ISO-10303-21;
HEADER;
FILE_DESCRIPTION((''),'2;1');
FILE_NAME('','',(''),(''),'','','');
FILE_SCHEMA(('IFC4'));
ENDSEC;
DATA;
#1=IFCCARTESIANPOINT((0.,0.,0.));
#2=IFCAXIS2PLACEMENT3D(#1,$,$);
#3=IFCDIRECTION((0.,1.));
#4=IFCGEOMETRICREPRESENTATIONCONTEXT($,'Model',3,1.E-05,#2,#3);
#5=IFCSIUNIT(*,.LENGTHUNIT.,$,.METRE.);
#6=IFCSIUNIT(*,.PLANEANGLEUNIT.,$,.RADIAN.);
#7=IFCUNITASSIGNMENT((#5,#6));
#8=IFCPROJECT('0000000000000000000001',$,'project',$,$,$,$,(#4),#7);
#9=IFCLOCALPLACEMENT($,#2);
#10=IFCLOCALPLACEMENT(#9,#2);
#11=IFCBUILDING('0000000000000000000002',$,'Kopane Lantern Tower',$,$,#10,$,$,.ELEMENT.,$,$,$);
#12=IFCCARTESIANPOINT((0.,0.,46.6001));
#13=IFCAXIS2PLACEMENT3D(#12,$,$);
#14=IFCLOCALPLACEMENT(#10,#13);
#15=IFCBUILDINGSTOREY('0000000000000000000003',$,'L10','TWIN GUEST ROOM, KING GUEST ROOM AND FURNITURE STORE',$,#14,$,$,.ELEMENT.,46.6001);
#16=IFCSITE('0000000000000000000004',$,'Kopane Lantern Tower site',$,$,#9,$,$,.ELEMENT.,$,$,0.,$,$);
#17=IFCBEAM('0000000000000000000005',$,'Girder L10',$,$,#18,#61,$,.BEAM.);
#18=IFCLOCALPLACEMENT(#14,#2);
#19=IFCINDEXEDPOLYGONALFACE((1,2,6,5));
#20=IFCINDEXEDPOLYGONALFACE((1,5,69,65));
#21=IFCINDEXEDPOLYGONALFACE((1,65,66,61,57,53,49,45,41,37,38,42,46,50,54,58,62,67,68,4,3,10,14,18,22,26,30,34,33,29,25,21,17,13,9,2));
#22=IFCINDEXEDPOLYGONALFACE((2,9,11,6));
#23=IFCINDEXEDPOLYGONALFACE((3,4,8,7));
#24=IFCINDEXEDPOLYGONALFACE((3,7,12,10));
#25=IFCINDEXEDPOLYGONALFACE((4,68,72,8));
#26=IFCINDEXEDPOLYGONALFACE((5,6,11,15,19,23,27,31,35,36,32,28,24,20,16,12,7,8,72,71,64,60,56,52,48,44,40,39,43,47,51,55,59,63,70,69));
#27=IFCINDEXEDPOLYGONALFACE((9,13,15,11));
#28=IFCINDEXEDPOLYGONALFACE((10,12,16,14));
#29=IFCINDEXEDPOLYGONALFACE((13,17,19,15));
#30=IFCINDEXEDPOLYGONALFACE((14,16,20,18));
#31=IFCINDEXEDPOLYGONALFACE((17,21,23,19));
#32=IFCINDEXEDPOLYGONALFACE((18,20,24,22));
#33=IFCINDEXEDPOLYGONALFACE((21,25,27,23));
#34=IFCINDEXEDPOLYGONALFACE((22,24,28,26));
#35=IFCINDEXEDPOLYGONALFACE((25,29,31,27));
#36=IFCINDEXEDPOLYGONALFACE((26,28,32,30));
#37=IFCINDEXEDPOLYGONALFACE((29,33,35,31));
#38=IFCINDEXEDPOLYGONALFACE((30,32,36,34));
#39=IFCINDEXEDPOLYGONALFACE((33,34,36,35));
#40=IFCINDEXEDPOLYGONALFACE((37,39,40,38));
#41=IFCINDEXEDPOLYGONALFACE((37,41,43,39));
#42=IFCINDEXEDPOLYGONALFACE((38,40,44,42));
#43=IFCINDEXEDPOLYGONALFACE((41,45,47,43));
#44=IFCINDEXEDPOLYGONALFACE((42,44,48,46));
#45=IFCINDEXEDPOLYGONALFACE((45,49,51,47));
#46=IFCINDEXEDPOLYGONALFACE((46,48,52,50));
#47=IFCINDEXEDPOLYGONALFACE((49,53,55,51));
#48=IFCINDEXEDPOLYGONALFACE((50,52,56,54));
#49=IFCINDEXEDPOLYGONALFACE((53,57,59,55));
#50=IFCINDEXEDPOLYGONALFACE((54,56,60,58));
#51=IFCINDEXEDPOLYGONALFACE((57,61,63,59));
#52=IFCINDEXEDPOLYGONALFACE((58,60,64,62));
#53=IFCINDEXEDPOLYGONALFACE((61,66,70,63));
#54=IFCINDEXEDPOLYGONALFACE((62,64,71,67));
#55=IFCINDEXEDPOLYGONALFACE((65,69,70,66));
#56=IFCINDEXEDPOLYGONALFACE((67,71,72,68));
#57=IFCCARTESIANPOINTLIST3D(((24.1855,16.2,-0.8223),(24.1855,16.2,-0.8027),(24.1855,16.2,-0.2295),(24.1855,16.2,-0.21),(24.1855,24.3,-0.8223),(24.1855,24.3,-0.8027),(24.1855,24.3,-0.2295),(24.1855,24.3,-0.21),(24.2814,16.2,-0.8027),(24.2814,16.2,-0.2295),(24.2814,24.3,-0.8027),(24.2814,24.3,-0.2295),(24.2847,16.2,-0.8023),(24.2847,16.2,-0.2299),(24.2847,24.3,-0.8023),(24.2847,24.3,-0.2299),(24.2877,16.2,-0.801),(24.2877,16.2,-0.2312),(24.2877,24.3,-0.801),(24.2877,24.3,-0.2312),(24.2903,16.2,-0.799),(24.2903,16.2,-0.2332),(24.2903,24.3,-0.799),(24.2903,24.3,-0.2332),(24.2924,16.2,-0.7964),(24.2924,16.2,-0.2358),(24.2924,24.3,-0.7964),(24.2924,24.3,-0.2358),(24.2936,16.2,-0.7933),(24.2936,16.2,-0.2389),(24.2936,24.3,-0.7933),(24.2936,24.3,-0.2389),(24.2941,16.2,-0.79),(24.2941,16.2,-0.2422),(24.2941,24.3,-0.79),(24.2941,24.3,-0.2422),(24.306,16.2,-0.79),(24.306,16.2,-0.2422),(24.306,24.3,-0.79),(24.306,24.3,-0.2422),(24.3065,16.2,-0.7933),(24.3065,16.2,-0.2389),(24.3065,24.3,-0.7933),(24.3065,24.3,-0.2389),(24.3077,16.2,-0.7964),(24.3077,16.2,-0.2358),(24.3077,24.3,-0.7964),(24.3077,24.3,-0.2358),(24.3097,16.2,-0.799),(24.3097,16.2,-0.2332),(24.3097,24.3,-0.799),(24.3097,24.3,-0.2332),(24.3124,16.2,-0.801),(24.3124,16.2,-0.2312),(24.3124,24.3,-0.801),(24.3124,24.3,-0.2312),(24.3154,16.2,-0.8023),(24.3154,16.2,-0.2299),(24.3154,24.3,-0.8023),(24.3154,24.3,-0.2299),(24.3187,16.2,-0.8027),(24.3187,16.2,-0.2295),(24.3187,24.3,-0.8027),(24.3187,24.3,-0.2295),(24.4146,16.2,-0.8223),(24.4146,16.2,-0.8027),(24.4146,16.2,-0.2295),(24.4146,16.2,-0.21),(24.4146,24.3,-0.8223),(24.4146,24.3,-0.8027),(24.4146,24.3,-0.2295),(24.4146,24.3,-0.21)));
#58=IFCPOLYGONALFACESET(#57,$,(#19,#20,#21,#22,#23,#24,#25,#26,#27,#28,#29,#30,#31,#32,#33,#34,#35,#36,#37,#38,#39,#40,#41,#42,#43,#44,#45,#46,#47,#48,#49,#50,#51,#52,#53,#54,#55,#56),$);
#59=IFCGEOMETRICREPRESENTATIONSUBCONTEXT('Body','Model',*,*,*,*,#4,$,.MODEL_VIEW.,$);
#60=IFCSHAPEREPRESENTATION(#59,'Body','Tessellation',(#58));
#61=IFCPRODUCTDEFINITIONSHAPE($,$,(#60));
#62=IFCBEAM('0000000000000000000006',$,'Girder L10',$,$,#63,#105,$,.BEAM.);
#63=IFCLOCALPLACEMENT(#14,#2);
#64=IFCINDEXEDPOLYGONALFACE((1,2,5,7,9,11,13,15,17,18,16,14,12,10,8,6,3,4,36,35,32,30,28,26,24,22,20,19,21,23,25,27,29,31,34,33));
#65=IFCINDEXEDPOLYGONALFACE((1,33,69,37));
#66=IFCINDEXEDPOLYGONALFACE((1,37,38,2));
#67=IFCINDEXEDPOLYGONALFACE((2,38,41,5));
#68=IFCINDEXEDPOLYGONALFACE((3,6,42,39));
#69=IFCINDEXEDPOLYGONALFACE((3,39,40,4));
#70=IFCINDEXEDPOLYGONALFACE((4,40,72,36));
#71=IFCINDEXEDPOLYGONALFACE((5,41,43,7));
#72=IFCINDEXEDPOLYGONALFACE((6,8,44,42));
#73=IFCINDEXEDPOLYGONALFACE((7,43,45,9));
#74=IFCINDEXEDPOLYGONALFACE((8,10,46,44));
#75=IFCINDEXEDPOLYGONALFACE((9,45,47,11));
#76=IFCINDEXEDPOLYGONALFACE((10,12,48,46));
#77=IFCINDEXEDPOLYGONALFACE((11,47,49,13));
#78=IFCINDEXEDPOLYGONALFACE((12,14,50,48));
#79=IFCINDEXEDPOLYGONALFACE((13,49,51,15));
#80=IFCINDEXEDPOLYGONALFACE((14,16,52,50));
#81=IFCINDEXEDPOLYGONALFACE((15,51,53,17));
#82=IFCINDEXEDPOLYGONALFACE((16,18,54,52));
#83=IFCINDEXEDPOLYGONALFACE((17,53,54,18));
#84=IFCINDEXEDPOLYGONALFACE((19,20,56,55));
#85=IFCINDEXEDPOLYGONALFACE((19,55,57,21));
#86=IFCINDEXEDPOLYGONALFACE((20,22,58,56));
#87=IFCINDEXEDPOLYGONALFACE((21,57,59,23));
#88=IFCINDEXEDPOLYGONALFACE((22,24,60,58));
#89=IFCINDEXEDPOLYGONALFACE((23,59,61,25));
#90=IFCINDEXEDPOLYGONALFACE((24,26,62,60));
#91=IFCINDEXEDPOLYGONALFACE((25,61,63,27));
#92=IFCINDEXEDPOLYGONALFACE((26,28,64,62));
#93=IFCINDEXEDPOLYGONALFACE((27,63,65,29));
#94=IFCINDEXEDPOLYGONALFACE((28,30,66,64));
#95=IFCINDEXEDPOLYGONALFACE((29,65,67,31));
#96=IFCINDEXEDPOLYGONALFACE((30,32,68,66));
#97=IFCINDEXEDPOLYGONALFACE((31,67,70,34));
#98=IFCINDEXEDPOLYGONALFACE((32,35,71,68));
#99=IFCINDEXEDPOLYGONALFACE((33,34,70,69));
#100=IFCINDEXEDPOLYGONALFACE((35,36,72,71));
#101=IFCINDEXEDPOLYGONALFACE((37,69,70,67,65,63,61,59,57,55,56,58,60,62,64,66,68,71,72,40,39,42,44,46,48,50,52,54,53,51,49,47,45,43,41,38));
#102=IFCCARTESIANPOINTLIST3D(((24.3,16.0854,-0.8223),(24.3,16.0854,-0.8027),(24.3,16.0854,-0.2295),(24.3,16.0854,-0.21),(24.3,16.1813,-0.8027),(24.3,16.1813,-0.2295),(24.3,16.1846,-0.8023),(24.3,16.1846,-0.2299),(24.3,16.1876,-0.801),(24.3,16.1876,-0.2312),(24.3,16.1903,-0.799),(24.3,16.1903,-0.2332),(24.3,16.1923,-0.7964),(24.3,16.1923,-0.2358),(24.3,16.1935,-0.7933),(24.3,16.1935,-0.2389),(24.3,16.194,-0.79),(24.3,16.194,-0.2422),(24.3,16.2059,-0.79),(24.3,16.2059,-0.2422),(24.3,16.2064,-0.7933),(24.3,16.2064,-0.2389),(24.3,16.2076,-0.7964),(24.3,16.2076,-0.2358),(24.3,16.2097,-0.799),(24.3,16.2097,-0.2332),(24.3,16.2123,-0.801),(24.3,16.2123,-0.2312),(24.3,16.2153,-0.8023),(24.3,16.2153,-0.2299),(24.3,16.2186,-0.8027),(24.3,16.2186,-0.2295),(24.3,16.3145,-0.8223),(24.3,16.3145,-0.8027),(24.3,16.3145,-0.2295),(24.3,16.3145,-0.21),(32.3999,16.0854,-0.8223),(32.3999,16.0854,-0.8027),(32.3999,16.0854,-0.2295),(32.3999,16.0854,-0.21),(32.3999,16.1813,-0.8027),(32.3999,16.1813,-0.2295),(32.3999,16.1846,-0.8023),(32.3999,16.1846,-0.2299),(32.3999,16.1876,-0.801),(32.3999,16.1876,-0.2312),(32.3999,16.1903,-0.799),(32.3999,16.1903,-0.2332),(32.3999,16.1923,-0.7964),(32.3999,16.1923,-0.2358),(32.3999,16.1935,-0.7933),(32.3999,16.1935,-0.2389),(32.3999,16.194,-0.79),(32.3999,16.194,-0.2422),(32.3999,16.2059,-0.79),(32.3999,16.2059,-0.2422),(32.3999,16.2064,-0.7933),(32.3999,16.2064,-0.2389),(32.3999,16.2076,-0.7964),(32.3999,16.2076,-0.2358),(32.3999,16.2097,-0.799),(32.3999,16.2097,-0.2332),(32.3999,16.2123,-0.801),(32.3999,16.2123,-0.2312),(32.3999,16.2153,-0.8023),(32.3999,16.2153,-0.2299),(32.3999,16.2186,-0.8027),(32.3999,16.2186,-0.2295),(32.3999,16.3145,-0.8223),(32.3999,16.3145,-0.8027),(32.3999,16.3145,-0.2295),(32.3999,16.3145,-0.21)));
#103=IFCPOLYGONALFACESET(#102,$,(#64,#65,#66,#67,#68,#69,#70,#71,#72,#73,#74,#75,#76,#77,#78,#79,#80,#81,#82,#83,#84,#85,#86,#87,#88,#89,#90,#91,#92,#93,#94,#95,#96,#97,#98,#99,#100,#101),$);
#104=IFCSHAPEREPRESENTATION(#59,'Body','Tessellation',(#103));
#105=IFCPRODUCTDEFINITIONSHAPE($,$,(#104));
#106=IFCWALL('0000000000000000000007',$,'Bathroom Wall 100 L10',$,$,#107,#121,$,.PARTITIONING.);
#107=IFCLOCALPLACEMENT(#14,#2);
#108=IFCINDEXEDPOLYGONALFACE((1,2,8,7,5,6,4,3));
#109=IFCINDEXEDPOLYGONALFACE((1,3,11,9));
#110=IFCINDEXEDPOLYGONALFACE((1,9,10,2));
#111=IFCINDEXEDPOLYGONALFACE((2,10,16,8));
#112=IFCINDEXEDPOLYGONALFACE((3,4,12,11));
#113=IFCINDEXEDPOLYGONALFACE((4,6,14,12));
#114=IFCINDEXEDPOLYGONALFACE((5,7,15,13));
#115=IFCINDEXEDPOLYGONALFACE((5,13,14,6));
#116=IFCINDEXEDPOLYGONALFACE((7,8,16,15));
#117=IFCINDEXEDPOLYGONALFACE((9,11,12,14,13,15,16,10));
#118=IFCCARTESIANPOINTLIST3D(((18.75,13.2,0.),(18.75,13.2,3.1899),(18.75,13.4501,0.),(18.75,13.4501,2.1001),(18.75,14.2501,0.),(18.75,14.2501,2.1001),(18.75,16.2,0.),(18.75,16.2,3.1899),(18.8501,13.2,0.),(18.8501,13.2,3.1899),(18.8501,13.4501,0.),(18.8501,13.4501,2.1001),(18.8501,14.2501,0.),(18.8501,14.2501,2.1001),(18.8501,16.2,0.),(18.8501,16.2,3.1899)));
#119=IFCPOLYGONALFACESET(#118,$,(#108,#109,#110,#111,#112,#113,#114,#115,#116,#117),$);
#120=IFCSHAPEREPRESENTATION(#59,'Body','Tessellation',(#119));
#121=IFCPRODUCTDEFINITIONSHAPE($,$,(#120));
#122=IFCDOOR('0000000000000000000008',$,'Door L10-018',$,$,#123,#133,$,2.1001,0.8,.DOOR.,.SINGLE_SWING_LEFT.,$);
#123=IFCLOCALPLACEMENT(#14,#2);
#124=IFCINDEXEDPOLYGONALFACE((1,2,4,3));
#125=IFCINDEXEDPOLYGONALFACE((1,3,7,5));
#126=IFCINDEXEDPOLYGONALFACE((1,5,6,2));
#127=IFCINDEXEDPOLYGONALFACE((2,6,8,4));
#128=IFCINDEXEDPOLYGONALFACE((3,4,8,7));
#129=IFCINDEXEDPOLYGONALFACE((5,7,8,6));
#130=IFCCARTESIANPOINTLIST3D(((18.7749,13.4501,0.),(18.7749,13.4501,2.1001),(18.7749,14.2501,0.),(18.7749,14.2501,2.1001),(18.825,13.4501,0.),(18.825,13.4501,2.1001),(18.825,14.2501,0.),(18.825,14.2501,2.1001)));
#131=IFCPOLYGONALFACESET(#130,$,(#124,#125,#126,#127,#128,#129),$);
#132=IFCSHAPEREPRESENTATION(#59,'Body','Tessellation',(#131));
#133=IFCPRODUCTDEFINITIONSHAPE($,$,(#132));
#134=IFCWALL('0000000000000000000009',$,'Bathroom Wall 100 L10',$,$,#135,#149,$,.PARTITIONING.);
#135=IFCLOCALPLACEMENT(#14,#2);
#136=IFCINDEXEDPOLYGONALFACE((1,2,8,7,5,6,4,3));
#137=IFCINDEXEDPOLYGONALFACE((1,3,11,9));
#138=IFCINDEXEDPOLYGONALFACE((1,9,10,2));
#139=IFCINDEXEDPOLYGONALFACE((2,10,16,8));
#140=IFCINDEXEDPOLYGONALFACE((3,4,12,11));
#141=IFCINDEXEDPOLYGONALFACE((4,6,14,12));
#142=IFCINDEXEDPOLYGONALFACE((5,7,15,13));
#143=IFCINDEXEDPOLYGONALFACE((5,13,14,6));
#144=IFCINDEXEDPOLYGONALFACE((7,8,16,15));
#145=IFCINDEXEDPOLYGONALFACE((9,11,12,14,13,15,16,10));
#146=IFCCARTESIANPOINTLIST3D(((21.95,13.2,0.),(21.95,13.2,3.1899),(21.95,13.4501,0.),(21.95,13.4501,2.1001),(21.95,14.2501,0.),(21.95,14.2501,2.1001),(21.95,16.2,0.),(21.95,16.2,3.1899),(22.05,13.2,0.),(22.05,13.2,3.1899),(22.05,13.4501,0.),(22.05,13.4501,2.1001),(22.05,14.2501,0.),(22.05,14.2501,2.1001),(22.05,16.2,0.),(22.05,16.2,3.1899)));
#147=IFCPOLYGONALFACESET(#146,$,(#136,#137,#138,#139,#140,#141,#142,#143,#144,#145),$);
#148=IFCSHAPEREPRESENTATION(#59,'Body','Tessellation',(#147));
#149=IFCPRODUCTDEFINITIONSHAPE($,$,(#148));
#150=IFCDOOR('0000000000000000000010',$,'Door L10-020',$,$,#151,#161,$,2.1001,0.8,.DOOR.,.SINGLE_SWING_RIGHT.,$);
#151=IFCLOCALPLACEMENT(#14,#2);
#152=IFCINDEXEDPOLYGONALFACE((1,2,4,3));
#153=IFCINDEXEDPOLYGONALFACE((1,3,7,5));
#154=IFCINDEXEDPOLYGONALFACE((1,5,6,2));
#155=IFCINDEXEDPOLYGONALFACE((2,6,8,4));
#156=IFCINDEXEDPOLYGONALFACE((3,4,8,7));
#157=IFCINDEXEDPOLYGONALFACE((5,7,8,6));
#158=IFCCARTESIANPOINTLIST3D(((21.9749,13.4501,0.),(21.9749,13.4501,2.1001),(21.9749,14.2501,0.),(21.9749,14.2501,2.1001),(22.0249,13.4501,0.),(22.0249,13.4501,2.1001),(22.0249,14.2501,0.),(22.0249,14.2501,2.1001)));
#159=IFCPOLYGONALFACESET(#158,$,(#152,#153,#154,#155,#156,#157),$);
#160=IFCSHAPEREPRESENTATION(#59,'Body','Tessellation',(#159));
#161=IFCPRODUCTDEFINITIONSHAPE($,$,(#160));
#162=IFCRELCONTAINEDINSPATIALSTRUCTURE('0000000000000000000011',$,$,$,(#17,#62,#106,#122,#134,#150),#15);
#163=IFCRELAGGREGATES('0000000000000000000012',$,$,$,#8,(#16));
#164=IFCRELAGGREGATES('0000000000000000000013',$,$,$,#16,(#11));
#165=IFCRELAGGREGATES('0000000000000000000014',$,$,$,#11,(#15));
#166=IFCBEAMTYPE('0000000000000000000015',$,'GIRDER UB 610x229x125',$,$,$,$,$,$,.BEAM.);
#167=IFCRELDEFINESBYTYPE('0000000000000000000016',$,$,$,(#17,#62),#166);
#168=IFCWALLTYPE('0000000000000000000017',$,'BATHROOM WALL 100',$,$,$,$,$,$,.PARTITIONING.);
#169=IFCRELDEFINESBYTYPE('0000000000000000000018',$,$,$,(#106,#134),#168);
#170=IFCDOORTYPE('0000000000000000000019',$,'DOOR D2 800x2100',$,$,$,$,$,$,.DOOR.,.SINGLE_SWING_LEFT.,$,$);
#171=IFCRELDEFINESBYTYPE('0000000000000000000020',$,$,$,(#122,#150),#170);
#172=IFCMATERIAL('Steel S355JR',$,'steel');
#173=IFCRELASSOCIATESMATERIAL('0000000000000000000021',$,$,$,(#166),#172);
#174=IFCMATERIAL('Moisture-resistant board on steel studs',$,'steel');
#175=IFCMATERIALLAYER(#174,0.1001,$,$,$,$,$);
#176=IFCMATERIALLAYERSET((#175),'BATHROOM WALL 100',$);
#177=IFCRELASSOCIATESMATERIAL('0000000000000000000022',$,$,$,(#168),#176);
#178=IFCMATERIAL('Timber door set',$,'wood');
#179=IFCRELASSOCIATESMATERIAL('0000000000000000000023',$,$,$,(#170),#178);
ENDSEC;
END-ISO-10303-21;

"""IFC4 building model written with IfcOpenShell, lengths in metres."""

from ifc_helpers import new_model, si_unit, direction, frame, frame_2d, origin, origin_2d, place, context, subcontext, project, spatial, rectangle, i_section, extrude, material, layer, layer_set, material_profile, profile_set, type_object, element, fill, save


model = new_model("IFC4")

# Units and contexts
model_context = context("Model", 3, precision=1e-05, world=origin(), true_north=direction((0.0, 1.0)))
body_context = subcontext(model_context, "Body", "Model", "MODEL_VIEW")
ifc_project = project(units=[si_unit("LENGTHUNIT", "METRE"), si_unit("PLANEANGLEUNIT", "RADIAN")], contexts=[model_context])

# Site, building, storey
site_placement = place(None, origin())
site = spatial("IfcSite", under=ifc_project, at=site_placement, Name="Kopane Lantern Tower site", CompositionType="ELEMENT", RefElevation=0.0)
building_placement = place(site_placement, origin())
building = spatial("IfcBuilding", under=site, at=building_placement, Name="Kopane Lantern Tower", CompositionType="ELEMENT")
storey_placement = place(building_placement, frame((0.0, 0.0, 46.6001)))
storey = spatial("IfcBuildingStorey", under=building, at=storey_placement, Name="L10", Description="TWIN GUEST ROOM, KING GUEST ROOM AND FURNITURE STORE", CompositionType="ELEMENT", Elevation=46.6001)

# Beams
ifc_material_1 = material(Name="Steel S355JR", Category="steel")
ifc_material_profile_1 = material_profile(ifc_material_1, i_section(OverallWidth=0.229, OverallDepth=0.6123, WebThickness=0.012, FlangeThickness=0.0195, FilletRadius=0.0127, at=origin_2d()), Name="UB 610x229x125")
ifc_profile_set_1 = profile_set([ifc_material_profile_1], Name="Steel S355JR")
beam_type_1 = type_object("IfcBeamType", Name="GIRDER UB 610x229x125", PredefinedType="BEAM", material=ifc_profile_set_1)
for number, where, z_axis, x_axis, name in (
    (1, (24.3, 16.2, -0.5161), (0.0, 1.0, 0.0), (-1.0, 0.0, 0.0), "Girder L10"),
):
    element("IfcBeam", number, at=place(storey_placement, frame(where, z_axis=z_axis, x_axis=x_axis)), inside=storey, type_object=beam_type_1, Name=name, PredefinedType="BEAM", context=body_context, shape_type="SweptSolid", body=[
        extrude(i_section(OverallWidth=0.229, OverallDepth=0.6123, WebThickness=0.012, FlangeThickness=0.0195, FilletRadius=0.0127, at=origin_2d()), origin(), (0.0, 0.0, 1.0), 8.1001),
    ])
beam_1_placement = place(storey_placement, frame((24.3, 16.2, -0.5161), z_axis=(1.0, 0.0, 0.0), x_axis=(0.0, 1.0, 0.0)))
element("IfcBeam", 2, at=beam_1_placement, inside=storey, type_object=beam_type_1, Name="Girder L10", PredefinedType="BEAM", context=body_context, shape_type="SweptSolid", body=[
    extrude(i_section(OverallWidth=0.229, OverallDepth=0.6123, WebThickness=0.012, FlangeThickness=0.0195, FilletRadius=0.0127, at=origin_2d()), origin(), (0.0, 0.0, 1.0), 8.0999),
])

# Walls, openings, doors
ifc_material_2 = material(Name="Moisture-resistant board on steel studs", Category="steel")
ifc_layer_1 = layer(ifc_material_2, 0.1001)
ifc_layer_set_1 = layer_set([ifc_layer_1], Name="BATHROOM WALL 100")
wall_type_1 = type_object("IfcWallType", Name="BATHROOM WALL 100", PredefinedType="PARTITIONING", material=ifc_layer_set_1)
wall_1_placement = place(storey_placement, frame((18.8, 16.2, 0.0), z_axis=(0.0, 0.0, 1.0), x_axis=(0.0, -1.0, 0.0)))
wall_1 = element("IfcWall", 3, at=wall_1_placement, inside=storey, type_object=wall_type_1, Name="Bathroom Wall 100 L10", PredefinedType="PARTITIONING", context=body_context, shape_type="SweptSolid", body=[
    extrude(rectangle(XDim=3.0, YDim=0.1001, at=frame_2d((1.5, 0.0))), origin(), (0.0, 0.0, 1.0), 3.1899),
])
opening_1_placement = place(wall_1_placement, frame((1.95, 0.0, 0.0)))
opening_1 = element("IfcOpeningElement", 4, at=opening_1_placement, cuts=wall_1, PredefinedType="OPENING", context=body_context, shape_type="SweptSolid", body=[
    extrude(rectangle(XDim=0.8, YDim=2.1001, at=frame_2d((0.3999, 1.05))), frame((0.0, 0.0601, 0.0), z_axis=(0.0, -1.0, 0.0), x_axis=(1.0, 0.0, 0.0)), (0.0, 0.0, 1.0), 0.1201),
])
ifc_material_3 = material(Name="Timber door set", Category="wood")
door_type_1 = type_object("IfcDoorType", Name="DOOR D2 800x2100", OperationType="SINGLE_SWING_LEFT", PredefinedType="DOOR", material=ifc_material_3)
door_1_placement = place(opening_1_placement, origin())
door_1 = element("IfcDoor", 5, at=door_1_placement, inside=storey, type_object=door_type_1, Name="Door L10-018", OperationType="SINGLE_SWING_LEFT", OverallHeight=2.1001, OverallWidth=0.8, PredefinedType="DOOR", context=body_context, shape_type="SweptSolid", body=[
    extrude(rectangle(XDim=0.8, YDim=2.1001, at=frame_2d((0.3999, 1.05))), frame((0.0, 0.0249, 0.0), z_axis=(0.0, -1.0, 0.0), x_axis=(1.0, 0.0, 0.0)), (0.0, 0.0, 1.0), 0.05),
])
fill(opening_1, door_1)
wall_2_placement = place(storey_placement, frame((22.0, 16.2, 0.0), z_axis=(0.0, 0.0, 1.0), x_axis=(0.0, -1.0, 0.0)))
wall_2 = element("IfcWall", 6, at=wall_2_placement, inside=storey, type_object=wall_type_1, Name="Bathroom Wall 100 L10", PredefinedType="PARTITIONING", context=body_context, shape_type="SweptSolid", body=[
    extrude(rectangle(XDim=3.0, YDim=0.1001, at=frame_2d((1.5, 0.0))), origin(), (0.0, 0.0, 1.0), 3.1899),
])
opening_2_placement = place(wall_2_placement, frame((1.95, 0.0, 0.0)))
opening_2 = element("IfcOpeningElement", 7, at=opening_2_placement, cuts=wall_2, PredefinedType="OPENING", context=body_context, shape_type="SweptSolid", body=[
    extrude(rectangle(XDim=0.8, YDim=2.1001, at=frame_2d((0.3999, 1.05))), frame((0.0, 0.0601, 0.0), z_axis=(0.0, -1.0, 0.0), x_axis=(1.0, 0.0, 0.0)), (0.0, 0.0, 1.0), 0.1201),
])
door_2_placement = place(opening_2_placement, origin())
door_2 = element("IfcDoor", 8, at=door_2_placement, inside=storey, type_object=door_type_1, Name="Door L10-020", OperationType="SINGLE_SWING_RIGHT", OverallHeight=2.1001, OverallWidth=0.8, PredefinedType="DOOR", context=body_context, shape_type="SweptSolid", body=[
    extrude(rectangle(XDim=0.8, YDim=2.1001, at=frame_2d((0.3999, 1.05))), frame((0.0, 0.0249, 0.0), z_axis=(0.0, -1.0, 0.0), x_axis=(1.0, 0.0, 0.0)), (0.0, 0.0, 1.0), 0.05),
])
fill(opening_2, door_2)

save(model, "model.ifc")
